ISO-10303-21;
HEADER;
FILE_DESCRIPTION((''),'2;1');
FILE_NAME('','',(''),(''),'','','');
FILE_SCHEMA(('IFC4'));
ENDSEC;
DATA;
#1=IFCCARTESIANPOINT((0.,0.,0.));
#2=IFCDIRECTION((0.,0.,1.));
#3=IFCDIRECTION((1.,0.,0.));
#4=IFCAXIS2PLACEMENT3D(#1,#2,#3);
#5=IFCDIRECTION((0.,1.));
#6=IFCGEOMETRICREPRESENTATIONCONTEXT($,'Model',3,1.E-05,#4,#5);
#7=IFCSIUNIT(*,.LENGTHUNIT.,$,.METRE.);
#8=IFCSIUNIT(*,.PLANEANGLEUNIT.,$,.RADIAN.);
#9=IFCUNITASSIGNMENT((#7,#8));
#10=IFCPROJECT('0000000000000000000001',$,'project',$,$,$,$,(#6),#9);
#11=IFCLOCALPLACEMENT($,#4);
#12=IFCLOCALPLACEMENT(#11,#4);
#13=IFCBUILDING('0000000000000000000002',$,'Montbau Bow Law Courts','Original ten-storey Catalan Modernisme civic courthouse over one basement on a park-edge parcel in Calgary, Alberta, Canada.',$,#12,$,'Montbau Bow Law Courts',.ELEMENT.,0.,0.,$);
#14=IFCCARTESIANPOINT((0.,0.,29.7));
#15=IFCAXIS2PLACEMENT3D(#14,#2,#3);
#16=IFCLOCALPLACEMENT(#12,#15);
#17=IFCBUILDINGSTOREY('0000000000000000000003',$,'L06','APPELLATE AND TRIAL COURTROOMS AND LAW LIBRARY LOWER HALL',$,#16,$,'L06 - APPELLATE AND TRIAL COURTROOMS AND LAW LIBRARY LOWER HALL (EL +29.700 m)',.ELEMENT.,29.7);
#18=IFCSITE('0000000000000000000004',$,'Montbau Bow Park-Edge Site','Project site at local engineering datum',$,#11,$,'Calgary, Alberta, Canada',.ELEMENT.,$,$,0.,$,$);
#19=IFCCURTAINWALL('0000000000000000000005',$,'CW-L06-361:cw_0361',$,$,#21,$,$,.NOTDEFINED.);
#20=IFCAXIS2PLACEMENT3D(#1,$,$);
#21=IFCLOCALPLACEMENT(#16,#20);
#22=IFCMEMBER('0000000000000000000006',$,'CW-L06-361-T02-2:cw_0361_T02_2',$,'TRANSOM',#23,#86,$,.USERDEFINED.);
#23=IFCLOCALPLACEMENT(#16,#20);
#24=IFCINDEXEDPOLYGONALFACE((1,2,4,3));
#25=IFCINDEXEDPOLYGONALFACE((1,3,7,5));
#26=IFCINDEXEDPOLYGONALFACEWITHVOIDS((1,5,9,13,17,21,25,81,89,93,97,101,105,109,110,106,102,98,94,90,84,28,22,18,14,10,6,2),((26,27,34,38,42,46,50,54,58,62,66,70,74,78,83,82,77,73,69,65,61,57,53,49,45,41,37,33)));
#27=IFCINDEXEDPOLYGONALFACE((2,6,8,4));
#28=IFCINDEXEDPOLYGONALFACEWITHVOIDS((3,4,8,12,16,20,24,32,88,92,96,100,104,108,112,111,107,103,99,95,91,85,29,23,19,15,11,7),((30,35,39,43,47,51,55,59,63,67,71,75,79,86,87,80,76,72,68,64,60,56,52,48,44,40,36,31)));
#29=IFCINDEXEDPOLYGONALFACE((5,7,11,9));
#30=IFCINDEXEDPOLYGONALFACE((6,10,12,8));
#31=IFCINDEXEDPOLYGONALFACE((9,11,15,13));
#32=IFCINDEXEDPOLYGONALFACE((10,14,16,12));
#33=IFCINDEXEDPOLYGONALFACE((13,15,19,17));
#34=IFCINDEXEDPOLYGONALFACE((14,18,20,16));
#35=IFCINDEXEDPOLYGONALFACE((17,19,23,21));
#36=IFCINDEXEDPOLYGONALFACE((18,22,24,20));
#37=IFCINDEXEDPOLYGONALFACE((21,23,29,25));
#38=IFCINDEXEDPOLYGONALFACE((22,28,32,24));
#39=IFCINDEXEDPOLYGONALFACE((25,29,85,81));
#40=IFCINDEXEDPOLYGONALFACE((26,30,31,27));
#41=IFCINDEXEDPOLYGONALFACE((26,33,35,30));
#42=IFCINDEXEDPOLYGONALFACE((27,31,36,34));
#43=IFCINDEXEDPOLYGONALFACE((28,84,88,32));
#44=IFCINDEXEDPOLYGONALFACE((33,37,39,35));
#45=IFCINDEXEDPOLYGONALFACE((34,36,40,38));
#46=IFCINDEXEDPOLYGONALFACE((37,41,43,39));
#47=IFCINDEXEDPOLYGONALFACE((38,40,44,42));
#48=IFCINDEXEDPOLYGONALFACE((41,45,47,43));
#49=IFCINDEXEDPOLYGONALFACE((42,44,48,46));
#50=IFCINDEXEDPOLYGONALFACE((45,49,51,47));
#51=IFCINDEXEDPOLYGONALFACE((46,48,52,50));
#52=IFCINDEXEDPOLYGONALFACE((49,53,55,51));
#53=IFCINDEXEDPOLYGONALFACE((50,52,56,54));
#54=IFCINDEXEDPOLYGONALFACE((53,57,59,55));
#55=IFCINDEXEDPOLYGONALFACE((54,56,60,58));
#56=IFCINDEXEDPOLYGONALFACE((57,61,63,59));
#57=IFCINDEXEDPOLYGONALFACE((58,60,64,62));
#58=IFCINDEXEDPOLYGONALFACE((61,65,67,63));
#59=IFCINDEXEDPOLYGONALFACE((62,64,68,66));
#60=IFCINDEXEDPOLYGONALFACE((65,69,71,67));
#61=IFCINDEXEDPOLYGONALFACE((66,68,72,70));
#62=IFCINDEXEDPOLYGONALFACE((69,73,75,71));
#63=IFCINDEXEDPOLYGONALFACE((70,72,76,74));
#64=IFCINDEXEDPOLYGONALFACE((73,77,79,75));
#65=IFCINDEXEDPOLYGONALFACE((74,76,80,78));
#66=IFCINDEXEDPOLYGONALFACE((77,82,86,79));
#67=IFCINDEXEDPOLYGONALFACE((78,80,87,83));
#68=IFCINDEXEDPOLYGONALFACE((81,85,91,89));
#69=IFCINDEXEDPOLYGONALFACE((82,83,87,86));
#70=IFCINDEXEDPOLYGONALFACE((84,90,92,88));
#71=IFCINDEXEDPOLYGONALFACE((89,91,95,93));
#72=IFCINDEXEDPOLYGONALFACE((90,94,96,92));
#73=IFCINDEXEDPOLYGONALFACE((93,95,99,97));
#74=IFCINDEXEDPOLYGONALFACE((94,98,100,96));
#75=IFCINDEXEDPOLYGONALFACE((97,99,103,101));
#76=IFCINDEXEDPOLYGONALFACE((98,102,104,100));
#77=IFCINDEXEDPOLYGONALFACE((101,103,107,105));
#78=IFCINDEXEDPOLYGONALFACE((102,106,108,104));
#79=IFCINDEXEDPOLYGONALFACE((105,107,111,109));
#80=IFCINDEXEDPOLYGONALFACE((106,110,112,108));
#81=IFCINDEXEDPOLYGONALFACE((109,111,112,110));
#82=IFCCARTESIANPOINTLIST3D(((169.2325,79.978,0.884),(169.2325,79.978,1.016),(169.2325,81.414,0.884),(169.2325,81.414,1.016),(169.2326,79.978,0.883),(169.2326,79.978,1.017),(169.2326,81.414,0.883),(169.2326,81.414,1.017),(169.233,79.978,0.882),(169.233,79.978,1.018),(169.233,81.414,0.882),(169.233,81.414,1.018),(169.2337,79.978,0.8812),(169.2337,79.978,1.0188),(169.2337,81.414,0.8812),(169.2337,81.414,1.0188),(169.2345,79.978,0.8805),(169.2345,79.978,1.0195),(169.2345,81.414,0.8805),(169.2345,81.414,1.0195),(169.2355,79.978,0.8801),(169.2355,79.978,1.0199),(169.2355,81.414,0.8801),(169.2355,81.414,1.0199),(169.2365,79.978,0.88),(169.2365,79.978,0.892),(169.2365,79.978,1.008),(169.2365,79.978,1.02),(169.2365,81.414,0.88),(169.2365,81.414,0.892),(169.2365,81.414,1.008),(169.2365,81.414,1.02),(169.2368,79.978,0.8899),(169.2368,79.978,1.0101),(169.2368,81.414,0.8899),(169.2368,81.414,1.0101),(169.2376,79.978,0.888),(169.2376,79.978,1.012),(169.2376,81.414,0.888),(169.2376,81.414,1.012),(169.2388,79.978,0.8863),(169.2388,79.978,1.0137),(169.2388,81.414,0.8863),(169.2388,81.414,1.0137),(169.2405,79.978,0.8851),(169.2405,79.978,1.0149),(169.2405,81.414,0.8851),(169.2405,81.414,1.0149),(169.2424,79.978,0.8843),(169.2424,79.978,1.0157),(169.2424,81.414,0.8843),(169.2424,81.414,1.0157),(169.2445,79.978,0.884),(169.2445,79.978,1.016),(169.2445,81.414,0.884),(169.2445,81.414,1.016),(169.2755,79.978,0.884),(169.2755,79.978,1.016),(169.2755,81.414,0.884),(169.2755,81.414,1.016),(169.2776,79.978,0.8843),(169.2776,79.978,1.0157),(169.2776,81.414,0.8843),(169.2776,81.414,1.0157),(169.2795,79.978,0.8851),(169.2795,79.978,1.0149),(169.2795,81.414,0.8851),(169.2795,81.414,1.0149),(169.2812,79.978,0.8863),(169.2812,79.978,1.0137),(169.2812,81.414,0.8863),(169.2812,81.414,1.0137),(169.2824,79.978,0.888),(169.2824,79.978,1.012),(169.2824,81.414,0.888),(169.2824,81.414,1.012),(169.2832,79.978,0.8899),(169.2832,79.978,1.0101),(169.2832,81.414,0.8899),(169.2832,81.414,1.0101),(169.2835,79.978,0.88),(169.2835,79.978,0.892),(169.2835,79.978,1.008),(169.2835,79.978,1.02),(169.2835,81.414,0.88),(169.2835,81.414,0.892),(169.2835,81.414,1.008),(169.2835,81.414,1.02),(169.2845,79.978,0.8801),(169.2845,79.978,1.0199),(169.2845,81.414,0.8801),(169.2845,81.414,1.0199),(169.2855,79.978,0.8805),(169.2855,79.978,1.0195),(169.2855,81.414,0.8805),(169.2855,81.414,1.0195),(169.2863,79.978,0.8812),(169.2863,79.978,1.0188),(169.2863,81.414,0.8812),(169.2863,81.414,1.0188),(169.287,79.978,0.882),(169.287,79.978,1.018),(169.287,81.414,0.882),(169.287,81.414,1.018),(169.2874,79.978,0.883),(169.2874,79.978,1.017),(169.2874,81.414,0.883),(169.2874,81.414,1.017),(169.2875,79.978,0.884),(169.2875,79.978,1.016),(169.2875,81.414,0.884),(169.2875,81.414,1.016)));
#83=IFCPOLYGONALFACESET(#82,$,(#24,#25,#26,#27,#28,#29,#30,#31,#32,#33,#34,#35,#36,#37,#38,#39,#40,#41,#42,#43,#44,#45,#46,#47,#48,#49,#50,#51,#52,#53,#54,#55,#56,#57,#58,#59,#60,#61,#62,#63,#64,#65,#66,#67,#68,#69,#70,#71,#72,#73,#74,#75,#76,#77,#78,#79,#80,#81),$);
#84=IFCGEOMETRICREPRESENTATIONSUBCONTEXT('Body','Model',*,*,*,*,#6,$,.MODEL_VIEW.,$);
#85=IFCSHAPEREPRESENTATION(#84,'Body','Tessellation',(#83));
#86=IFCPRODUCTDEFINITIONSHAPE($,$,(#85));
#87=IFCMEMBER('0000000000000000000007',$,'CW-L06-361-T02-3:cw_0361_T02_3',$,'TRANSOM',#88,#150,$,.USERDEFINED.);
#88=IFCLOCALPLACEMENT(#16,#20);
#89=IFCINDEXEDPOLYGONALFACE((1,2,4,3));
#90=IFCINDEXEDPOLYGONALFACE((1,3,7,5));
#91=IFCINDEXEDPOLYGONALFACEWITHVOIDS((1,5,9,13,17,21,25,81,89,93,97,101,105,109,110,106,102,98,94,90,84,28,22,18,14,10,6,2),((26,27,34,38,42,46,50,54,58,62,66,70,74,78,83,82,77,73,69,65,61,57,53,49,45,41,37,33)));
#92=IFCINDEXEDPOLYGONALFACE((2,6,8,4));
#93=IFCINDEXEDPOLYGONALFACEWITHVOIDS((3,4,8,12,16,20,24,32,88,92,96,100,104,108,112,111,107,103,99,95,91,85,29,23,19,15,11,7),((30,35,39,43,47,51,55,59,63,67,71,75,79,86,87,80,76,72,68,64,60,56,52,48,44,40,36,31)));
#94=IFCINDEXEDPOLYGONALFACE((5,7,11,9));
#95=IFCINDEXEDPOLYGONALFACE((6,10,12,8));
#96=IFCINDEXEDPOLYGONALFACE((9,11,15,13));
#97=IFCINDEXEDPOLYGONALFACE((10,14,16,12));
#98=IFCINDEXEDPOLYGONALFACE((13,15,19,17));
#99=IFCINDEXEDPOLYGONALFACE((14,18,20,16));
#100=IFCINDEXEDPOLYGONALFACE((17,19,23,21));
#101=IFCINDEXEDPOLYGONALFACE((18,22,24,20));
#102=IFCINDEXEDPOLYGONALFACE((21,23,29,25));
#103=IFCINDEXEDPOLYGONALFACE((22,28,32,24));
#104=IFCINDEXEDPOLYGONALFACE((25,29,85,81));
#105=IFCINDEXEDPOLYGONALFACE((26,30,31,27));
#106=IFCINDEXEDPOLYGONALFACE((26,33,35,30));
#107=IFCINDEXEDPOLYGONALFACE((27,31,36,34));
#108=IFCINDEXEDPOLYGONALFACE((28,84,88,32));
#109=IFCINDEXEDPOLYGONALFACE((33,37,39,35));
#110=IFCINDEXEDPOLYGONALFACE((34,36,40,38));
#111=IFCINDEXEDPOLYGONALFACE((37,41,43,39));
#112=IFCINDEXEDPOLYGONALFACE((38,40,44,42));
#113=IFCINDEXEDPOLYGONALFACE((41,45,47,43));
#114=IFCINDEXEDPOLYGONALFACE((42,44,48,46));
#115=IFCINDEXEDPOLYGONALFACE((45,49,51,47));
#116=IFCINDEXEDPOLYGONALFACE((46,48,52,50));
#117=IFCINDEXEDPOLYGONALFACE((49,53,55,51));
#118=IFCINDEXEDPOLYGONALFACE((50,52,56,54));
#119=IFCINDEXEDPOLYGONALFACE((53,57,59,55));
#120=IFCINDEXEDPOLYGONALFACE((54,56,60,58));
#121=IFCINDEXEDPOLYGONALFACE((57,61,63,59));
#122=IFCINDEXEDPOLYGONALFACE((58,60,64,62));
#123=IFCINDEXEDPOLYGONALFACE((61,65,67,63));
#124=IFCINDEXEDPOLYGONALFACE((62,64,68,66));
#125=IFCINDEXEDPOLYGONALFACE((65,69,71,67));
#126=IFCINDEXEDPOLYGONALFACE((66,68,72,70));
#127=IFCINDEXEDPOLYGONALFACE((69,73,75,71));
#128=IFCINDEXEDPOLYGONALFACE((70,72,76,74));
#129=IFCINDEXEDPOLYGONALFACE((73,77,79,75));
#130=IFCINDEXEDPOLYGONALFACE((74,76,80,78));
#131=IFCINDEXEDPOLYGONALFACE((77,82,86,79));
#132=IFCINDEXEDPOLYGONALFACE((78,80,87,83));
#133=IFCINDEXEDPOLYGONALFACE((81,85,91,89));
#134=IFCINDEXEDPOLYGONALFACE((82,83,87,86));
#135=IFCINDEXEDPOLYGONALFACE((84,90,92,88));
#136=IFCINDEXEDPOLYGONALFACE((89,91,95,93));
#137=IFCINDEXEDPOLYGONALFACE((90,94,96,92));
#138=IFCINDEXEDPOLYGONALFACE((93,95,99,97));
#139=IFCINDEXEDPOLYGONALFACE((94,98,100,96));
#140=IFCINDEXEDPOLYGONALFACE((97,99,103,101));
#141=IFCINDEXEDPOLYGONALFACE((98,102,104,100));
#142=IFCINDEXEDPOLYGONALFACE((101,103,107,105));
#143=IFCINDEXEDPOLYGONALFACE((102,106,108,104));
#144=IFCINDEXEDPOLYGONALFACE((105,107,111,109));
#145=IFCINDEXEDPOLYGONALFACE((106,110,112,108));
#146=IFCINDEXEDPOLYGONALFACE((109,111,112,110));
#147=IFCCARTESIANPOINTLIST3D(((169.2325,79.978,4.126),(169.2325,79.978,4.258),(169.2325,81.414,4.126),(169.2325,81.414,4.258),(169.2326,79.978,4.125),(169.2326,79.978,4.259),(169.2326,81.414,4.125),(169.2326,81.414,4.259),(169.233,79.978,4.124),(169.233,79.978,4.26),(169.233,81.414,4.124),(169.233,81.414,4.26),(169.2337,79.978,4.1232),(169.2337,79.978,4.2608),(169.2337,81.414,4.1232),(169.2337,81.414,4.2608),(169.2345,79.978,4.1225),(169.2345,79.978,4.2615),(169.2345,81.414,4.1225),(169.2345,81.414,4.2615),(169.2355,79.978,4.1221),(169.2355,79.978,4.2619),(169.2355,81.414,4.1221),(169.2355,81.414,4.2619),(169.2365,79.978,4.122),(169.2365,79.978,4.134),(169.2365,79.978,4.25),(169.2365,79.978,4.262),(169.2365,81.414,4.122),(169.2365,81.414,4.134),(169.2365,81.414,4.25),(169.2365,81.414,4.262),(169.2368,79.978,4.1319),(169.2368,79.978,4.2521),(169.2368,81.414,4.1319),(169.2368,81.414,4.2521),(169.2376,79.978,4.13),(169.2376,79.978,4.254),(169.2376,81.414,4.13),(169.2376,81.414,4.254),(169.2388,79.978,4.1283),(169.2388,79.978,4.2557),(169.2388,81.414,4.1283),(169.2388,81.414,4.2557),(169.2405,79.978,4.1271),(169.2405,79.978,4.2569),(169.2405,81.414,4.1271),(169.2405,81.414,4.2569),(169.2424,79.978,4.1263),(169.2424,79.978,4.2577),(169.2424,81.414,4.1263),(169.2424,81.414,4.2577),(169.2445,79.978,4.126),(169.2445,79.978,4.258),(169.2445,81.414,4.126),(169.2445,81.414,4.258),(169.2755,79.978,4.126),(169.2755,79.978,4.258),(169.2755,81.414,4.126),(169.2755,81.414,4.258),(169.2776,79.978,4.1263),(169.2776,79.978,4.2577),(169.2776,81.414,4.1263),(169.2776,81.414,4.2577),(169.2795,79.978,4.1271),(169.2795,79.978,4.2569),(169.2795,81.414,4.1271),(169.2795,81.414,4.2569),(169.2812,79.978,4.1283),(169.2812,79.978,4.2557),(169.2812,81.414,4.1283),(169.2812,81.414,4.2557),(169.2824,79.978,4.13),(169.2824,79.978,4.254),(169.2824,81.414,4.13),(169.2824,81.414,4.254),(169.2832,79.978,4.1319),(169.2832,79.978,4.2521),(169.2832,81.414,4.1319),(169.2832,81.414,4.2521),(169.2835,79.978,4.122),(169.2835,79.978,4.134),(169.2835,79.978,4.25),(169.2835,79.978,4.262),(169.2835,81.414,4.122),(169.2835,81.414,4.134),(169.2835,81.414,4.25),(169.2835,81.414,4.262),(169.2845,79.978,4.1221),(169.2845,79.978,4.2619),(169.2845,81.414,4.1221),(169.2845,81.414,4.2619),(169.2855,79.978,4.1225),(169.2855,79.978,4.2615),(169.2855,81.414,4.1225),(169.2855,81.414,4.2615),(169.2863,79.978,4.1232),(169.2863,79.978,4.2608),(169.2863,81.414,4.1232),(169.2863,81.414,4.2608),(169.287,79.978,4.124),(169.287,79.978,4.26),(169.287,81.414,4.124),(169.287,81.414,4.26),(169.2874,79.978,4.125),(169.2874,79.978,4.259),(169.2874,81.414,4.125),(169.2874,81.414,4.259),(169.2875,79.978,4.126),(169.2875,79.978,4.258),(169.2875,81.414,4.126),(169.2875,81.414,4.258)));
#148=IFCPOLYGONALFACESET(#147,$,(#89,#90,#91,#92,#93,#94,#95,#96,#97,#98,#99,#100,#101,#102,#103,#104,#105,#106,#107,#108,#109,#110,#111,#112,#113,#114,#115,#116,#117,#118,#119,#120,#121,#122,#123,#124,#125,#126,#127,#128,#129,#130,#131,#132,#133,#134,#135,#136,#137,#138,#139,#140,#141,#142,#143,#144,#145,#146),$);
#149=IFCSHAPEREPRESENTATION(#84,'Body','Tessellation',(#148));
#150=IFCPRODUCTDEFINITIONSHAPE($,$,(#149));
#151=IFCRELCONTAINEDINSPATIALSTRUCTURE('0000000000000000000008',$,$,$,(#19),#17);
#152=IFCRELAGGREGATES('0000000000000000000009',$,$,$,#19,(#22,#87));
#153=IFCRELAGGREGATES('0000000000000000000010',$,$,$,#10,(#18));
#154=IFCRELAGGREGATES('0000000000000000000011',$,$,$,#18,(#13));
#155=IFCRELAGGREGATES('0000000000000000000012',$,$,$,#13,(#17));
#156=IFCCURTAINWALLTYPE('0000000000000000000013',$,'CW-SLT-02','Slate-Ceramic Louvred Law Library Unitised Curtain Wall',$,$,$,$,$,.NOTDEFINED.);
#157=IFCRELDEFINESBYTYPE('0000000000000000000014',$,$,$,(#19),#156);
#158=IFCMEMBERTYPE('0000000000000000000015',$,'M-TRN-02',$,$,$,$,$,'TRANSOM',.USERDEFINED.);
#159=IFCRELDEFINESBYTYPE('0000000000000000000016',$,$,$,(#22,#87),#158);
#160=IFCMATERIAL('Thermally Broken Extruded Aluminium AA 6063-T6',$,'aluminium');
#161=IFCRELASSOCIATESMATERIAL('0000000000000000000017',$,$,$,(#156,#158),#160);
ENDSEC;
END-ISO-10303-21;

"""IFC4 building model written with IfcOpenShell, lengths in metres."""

from ifc_helpers import new_model, si_unit, direction, frame, origin_with_axes, origin_2d_with_axis, place, context, subcontext, project, spatial, hollow_rectangle, extrude, material, material_profile, profile_set, type_object, element, aggregate, save


model = new_model("IFC4")

# Units and contexts
model_context = context("Model", 3, precision=1e-05, world=origin_with_axes(), true_north=direction((0.0, 1.0)))
body_context = subcontext(model_context, "Body", "Model", "MODEL_VIEW")
ifc_project = project(units=[si_unit("LENGTHUNIT", "METRE"), si_unit("PLANEANGLEUNIT", "RADIAN")], contexts=[model_context])

# Site, building, storey
site_placement = place(None, origin_with_axes())
site = spatial("IfcSite", under=ifc_project, at=site_placement, Name="Montbau Bow Park-Edge Site", Description="Project site at local engineering datum", LongName="Calgary, Alberta, Canada", CompositionType="ELEMENT", RefElevation=0.0)
building_placement = place(site_placement, origin_with_axes())
building = spatial("IfcBuilding", under=site, at=building_placement, Name="Montbau Bow Law Courts", Description="Original ten-storey Catalan Modernisme civic courthouse over one basement on a park-edge parcel in Calgary, Alberta, Canada.", LongName="Montbau Bow Law Courts", CompositionType="ELEMENT", ElevationOfRefHeight=0.0, ElevationOfTerrain=0.0)
storey_placement = place(building_placement, frame((0.0, 0.0, 29.7), z_axis=(0.0, 0.0, 1.0), x_axis=(1.0, 0.0, 0.0)))
storey = spatial("IfcBuildingStorey", under=building, at=storey_placement, Name="L06", Description="APPELLATE AND TRIAL COURTROOMS AND LAW LIBRARY LOWER HALL", LongName="L06 - APPELLATE AND TRIAL COURTROOMS AND LAW LIBRARY LOWER HALL (EL +29.700 m)", CompositionType="ELEMENT", Elevation=29.7)

# Curtain wall, members
ifc_material_1 = material(Name="Thermally Broken Extruded Aluminium AA 6063-T6", Category="aluminium")
curtain_wall_type = type_object("IfcCurtainWallType", Name="CW-SLT-02", Description="Slate-Ceramic Louvred Law Library Unitised Curtain Wall", PredefinedType="NOTDEFINED", material=ifc_material_1)
curtain_wall_1_placement = place(None, frame((169.26, 78.44, 29.7), z_axis=(0.0, 0.0, 1.0), x_axis=(1.0, 0.0, 0.0)))
curtain_wall_1 = element("IfcCurtainWall", 1, at=curtain_wall_1_placement, inside=storey, type_object=curtain_wall_type, Name="CW-L06-361:cw_0361", PredefinedType="NOTDEFINED")
ifc_material_profile_1 = material_profile(ifc_material_1, hollow_rectangle(XDim=0.055, YDim=0.14, WallThickness=0.004, InnerFilletRadius=0.008, OuterFilletRadius=0.004, at=origin_2d_with_axis()), Name="CWT-140X55", Category="Main", Priority=0)
ifc_profile_set_1 = profile_set([ifc_material_profile_1], Name="Thermally Broken Extruded Aluminium AA 6063-T6")
member_type_1 = type_object("IfcMemberType", Name="M-TRN-02", ElementType="TRANSOM", PredefinedType="USERDEFINED", material=ifc_profile_set_1)
member_1_placement = place(None, frame((169.26, 79.978, 30.65), z_axis=(0.0, 1.0, 0.0), x_axis=(-1.0, 0.0, 0.0)))
member_1 = element("IfcMember", 2, at=member_1_placement, type_object=member_type_1, Name="CW-L06-361-T02-2:cw_0361_T02_2", ObjectType="TRANSOM", PredefinedType="USERDEFINED", context=body_context, shape_type="SweptSolid", body=[
    extrude(hollow_rectangle(XDim=0.055, YDim=0.14, WallThickness=0.004, InnerFilletRadius=0.008, OuterFilletRadius=0.004, at=origin_2d_with_axis()), origin_with_axes(), (0.0, 0.0, 1.0), 1.436),
])
member_2_placement = place(None, frame((169.26, 79.978, 33.892), z_axis=(0.0, 1.0, 0.0), x_axis=(-1.0, 0.0, 0.0)))
member_2 = element("IfcMember", 3, at=member_2_placement, type_object=member_type_1, Name="CW-L06-361-T02-3:cw_0361_T02_3", ObjectType="TRANSOM", PredefinedType="USERDEFINED", context=body_context, shape_type="SweptSolid", body=[
    extrude(hollow_rectangle(XDim=0.055, YDim=0.14, WallThickness=0.004, InnerFilletRadius=0.008, OuterFilletRadius=0.004, at=origin_2d_with_axis()), origin_with_axes(), (0.0, 0.0, 1.0), 1.436),
])

aggregate(curtain_wall_1, [member_1, member_2])

save(model, "model.ifc")
